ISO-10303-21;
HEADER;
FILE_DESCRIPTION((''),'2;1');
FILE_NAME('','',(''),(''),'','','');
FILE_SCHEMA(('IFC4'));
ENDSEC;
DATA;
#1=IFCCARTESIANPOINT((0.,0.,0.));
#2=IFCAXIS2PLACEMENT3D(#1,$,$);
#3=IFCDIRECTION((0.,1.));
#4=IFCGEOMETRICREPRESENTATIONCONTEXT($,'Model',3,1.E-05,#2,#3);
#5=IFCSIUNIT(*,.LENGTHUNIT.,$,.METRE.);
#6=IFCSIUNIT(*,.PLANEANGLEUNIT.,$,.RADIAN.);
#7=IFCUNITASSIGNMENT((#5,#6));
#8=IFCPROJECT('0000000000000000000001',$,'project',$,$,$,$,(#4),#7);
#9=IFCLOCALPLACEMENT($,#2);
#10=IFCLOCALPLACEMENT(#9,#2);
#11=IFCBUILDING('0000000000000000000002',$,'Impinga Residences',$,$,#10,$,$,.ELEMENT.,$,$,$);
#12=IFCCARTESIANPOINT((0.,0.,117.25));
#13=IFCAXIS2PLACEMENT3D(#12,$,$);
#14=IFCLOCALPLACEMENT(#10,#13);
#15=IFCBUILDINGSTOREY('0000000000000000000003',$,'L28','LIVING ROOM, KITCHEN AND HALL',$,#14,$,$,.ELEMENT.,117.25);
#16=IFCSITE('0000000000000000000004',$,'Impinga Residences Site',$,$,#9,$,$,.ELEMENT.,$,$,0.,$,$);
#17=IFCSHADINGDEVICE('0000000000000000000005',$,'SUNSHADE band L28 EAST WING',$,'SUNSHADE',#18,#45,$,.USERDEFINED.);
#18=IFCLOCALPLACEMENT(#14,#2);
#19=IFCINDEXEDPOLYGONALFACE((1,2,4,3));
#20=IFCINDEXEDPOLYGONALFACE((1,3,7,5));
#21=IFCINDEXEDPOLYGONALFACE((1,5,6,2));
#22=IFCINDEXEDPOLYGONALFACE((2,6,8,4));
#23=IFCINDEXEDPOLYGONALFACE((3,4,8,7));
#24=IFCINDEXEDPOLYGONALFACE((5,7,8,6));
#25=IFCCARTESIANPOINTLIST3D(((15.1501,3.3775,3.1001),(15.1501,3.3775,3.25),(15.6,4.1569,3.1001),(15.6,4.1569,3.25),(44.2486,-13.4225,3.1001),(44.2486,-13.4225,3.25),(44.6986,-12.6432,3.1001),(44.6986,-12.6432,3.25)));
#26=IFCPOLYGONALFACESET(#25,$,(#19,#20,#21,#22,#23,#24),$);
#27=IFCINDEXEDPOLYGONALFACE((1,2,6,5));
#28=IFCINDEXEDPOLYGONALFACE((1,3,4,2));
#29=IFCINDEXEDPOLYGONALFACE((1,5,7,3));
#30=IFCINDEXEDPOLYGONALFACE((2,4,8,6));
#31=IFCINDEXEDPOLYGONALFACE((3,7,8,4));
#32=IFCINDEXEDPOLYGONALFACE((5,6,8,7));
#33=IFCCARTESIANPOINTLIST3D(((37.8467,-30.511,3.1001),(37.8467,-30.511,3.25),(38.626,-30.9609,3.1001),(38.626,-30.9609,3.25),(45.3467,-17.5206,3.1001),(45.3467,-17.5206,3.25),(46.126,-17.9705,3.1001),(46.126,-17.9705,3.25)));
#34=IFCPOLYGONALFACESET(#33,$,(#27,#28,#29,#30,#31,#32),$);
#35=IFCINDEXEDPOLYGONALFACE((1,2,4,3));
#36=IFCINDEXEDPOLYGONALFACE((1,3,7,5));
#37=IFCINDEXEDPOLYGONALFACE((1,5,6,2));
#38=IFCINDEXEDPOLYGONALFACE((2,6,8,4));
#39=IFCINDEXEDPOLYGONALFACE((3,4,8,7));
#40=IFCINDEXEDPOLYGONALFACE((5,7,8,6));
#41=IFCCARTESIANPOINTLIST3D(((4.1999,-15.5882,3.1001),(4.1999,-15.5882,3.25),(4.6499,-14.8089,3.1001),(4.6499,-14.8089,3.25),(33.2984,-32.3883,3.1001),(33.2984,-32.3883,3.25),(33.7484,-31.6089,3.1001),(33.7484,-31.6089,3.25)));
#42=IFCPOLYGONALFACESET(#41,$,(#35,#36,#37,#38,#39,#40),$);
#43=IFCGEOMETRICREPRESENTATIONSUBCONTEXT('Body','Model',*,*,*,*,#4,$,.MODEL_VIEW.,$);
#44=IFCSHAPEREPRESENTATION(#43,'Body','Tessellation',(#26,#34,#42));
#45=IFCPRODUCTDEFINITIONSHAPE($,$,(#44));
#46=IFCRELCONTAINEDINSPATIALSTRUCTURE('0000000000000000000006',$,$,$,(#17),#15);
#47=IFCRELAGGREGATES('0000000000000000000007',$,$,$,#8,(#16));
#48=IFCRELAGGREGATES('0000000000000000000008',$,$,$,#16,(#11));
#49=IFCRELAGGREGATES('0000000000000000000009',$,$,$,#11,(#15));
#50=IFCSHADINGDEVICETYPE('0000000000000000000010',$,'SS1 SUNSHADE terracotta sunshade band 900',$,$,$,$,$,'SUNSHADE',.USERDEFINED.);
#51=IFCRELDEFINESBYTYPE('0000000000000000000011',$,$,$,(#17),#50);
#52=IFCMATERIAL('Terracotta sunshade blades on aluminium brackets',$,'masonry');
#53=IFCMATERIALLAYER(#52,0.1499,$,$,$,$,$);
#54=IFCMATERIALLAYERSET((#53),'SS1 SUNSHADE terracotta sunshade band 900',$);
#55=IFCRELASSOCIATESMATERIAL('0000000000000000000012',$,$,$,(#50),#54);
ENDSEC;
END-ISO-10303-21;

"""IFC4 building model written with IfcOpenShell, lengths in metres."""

from ifc_helpers import new_model, si_unit, direction, frame, origin, origin_2d, place, context, subcontext, project, spatial, rectangle, extrude, material, layer, layer_set, type_object, element, save


model = new_model("IFC4")

# Units and contexts
model_context = context("Model", 3, precision=1e-05, world=origin(), true_north=direction((0.0, 1.0)))
body_context = subcontext(model_context, "Body", "Model", "MODEL_VIEW")
ifc_project = project(units=[si_unit("LENGTHUNIT", "METRE"), si_unit("PLANEANGLEUNIT", "RADIAN")], contexts=[model_context])

# Site, building, storey
site_placement = place(None, origin())
site = spatial("IfcSite", under=ifc_project, at=site_placement, Name="Impinga Residences Site", CompositionType="ELEMENT", RefElevation=0.0)
building_placement = place(site_placement, origin())
building = spatial("IfcBuilding", under=site, at=building_placement, Name="Impinga Residences", CompositionType="ELEMENT")
storey_placement = place(building_placement, frame((0.0, 0.0, 117.25)))
storey = spatial("IfcBuildingStorey", under=building, at=storey_placement, Name="L28", Description="LIVING ROOM, KITCHEN AND HALL", CompositionType="ELEMENT", Elevation=117.25)

# Shading device
ifc_material_1 = material(Name="Terracotta sunshade blades on aluminium brackets", Category="masonry")
ifc_layer_1 = layer(ifc_material_1, 0.1499)
ifc_layer_set_1 = layer_set([ifc_layer_1], Name="SS1 SUNSHADE terracotta sunshade band 900")
shading_device_type = type_object("IfcShadingDeviceType", Name="SS1 SUNSHADE terracotta sunshade band 900", ElementType="SUNSHADE", PredefinedType="USERDEFINED", material=ifc_layer_set_1)
shading_device_placement = place(storey_placement, frame((29.9243, -4.6328, 3.1001), z_axis=(0.0, 0.0, 1.0), x_axis=(0.866025, -0.5, 0.0)))
element("IfcShadingDevice", 1, at=shading_device_placement, inside=storey, type_object=shading_device_type, Name="SUNSHADE band L28 EAST WING", ObjectType="SUNSHADE", PredefinedType="USERDEFINED", context=body_context, shape_type="SweptSolid", body=[
    extrude(rectangle(XDim=33.6001, YDim=0.8999, at=origin_2d()), origin(), (0.0, 0.0, 1.0), 0.1499),
    extrude(rectangle(XDim=15.0, YDim=0.8999, at=origin_2d()), frame((20.25, -10.95, 0.0), z_axis=(0.0, 0.0, 1.0), x_axis=(0.0, -1.0, 0.0)), (0.0, 0.0, 1.0), 0.1499),
    extrude(rectangle(XDim=33.6001, YDim=0.8999, at=origin_2d()), frame((-0.0002, -21.8999, 0.0), z_axis=(0.0, 0.0, 1.0), x_axis=(-1.0, 0.0, 0.0)), (0.0, 0.0, 1.0), 0.1499),
])

save(model, "model.ifc")
